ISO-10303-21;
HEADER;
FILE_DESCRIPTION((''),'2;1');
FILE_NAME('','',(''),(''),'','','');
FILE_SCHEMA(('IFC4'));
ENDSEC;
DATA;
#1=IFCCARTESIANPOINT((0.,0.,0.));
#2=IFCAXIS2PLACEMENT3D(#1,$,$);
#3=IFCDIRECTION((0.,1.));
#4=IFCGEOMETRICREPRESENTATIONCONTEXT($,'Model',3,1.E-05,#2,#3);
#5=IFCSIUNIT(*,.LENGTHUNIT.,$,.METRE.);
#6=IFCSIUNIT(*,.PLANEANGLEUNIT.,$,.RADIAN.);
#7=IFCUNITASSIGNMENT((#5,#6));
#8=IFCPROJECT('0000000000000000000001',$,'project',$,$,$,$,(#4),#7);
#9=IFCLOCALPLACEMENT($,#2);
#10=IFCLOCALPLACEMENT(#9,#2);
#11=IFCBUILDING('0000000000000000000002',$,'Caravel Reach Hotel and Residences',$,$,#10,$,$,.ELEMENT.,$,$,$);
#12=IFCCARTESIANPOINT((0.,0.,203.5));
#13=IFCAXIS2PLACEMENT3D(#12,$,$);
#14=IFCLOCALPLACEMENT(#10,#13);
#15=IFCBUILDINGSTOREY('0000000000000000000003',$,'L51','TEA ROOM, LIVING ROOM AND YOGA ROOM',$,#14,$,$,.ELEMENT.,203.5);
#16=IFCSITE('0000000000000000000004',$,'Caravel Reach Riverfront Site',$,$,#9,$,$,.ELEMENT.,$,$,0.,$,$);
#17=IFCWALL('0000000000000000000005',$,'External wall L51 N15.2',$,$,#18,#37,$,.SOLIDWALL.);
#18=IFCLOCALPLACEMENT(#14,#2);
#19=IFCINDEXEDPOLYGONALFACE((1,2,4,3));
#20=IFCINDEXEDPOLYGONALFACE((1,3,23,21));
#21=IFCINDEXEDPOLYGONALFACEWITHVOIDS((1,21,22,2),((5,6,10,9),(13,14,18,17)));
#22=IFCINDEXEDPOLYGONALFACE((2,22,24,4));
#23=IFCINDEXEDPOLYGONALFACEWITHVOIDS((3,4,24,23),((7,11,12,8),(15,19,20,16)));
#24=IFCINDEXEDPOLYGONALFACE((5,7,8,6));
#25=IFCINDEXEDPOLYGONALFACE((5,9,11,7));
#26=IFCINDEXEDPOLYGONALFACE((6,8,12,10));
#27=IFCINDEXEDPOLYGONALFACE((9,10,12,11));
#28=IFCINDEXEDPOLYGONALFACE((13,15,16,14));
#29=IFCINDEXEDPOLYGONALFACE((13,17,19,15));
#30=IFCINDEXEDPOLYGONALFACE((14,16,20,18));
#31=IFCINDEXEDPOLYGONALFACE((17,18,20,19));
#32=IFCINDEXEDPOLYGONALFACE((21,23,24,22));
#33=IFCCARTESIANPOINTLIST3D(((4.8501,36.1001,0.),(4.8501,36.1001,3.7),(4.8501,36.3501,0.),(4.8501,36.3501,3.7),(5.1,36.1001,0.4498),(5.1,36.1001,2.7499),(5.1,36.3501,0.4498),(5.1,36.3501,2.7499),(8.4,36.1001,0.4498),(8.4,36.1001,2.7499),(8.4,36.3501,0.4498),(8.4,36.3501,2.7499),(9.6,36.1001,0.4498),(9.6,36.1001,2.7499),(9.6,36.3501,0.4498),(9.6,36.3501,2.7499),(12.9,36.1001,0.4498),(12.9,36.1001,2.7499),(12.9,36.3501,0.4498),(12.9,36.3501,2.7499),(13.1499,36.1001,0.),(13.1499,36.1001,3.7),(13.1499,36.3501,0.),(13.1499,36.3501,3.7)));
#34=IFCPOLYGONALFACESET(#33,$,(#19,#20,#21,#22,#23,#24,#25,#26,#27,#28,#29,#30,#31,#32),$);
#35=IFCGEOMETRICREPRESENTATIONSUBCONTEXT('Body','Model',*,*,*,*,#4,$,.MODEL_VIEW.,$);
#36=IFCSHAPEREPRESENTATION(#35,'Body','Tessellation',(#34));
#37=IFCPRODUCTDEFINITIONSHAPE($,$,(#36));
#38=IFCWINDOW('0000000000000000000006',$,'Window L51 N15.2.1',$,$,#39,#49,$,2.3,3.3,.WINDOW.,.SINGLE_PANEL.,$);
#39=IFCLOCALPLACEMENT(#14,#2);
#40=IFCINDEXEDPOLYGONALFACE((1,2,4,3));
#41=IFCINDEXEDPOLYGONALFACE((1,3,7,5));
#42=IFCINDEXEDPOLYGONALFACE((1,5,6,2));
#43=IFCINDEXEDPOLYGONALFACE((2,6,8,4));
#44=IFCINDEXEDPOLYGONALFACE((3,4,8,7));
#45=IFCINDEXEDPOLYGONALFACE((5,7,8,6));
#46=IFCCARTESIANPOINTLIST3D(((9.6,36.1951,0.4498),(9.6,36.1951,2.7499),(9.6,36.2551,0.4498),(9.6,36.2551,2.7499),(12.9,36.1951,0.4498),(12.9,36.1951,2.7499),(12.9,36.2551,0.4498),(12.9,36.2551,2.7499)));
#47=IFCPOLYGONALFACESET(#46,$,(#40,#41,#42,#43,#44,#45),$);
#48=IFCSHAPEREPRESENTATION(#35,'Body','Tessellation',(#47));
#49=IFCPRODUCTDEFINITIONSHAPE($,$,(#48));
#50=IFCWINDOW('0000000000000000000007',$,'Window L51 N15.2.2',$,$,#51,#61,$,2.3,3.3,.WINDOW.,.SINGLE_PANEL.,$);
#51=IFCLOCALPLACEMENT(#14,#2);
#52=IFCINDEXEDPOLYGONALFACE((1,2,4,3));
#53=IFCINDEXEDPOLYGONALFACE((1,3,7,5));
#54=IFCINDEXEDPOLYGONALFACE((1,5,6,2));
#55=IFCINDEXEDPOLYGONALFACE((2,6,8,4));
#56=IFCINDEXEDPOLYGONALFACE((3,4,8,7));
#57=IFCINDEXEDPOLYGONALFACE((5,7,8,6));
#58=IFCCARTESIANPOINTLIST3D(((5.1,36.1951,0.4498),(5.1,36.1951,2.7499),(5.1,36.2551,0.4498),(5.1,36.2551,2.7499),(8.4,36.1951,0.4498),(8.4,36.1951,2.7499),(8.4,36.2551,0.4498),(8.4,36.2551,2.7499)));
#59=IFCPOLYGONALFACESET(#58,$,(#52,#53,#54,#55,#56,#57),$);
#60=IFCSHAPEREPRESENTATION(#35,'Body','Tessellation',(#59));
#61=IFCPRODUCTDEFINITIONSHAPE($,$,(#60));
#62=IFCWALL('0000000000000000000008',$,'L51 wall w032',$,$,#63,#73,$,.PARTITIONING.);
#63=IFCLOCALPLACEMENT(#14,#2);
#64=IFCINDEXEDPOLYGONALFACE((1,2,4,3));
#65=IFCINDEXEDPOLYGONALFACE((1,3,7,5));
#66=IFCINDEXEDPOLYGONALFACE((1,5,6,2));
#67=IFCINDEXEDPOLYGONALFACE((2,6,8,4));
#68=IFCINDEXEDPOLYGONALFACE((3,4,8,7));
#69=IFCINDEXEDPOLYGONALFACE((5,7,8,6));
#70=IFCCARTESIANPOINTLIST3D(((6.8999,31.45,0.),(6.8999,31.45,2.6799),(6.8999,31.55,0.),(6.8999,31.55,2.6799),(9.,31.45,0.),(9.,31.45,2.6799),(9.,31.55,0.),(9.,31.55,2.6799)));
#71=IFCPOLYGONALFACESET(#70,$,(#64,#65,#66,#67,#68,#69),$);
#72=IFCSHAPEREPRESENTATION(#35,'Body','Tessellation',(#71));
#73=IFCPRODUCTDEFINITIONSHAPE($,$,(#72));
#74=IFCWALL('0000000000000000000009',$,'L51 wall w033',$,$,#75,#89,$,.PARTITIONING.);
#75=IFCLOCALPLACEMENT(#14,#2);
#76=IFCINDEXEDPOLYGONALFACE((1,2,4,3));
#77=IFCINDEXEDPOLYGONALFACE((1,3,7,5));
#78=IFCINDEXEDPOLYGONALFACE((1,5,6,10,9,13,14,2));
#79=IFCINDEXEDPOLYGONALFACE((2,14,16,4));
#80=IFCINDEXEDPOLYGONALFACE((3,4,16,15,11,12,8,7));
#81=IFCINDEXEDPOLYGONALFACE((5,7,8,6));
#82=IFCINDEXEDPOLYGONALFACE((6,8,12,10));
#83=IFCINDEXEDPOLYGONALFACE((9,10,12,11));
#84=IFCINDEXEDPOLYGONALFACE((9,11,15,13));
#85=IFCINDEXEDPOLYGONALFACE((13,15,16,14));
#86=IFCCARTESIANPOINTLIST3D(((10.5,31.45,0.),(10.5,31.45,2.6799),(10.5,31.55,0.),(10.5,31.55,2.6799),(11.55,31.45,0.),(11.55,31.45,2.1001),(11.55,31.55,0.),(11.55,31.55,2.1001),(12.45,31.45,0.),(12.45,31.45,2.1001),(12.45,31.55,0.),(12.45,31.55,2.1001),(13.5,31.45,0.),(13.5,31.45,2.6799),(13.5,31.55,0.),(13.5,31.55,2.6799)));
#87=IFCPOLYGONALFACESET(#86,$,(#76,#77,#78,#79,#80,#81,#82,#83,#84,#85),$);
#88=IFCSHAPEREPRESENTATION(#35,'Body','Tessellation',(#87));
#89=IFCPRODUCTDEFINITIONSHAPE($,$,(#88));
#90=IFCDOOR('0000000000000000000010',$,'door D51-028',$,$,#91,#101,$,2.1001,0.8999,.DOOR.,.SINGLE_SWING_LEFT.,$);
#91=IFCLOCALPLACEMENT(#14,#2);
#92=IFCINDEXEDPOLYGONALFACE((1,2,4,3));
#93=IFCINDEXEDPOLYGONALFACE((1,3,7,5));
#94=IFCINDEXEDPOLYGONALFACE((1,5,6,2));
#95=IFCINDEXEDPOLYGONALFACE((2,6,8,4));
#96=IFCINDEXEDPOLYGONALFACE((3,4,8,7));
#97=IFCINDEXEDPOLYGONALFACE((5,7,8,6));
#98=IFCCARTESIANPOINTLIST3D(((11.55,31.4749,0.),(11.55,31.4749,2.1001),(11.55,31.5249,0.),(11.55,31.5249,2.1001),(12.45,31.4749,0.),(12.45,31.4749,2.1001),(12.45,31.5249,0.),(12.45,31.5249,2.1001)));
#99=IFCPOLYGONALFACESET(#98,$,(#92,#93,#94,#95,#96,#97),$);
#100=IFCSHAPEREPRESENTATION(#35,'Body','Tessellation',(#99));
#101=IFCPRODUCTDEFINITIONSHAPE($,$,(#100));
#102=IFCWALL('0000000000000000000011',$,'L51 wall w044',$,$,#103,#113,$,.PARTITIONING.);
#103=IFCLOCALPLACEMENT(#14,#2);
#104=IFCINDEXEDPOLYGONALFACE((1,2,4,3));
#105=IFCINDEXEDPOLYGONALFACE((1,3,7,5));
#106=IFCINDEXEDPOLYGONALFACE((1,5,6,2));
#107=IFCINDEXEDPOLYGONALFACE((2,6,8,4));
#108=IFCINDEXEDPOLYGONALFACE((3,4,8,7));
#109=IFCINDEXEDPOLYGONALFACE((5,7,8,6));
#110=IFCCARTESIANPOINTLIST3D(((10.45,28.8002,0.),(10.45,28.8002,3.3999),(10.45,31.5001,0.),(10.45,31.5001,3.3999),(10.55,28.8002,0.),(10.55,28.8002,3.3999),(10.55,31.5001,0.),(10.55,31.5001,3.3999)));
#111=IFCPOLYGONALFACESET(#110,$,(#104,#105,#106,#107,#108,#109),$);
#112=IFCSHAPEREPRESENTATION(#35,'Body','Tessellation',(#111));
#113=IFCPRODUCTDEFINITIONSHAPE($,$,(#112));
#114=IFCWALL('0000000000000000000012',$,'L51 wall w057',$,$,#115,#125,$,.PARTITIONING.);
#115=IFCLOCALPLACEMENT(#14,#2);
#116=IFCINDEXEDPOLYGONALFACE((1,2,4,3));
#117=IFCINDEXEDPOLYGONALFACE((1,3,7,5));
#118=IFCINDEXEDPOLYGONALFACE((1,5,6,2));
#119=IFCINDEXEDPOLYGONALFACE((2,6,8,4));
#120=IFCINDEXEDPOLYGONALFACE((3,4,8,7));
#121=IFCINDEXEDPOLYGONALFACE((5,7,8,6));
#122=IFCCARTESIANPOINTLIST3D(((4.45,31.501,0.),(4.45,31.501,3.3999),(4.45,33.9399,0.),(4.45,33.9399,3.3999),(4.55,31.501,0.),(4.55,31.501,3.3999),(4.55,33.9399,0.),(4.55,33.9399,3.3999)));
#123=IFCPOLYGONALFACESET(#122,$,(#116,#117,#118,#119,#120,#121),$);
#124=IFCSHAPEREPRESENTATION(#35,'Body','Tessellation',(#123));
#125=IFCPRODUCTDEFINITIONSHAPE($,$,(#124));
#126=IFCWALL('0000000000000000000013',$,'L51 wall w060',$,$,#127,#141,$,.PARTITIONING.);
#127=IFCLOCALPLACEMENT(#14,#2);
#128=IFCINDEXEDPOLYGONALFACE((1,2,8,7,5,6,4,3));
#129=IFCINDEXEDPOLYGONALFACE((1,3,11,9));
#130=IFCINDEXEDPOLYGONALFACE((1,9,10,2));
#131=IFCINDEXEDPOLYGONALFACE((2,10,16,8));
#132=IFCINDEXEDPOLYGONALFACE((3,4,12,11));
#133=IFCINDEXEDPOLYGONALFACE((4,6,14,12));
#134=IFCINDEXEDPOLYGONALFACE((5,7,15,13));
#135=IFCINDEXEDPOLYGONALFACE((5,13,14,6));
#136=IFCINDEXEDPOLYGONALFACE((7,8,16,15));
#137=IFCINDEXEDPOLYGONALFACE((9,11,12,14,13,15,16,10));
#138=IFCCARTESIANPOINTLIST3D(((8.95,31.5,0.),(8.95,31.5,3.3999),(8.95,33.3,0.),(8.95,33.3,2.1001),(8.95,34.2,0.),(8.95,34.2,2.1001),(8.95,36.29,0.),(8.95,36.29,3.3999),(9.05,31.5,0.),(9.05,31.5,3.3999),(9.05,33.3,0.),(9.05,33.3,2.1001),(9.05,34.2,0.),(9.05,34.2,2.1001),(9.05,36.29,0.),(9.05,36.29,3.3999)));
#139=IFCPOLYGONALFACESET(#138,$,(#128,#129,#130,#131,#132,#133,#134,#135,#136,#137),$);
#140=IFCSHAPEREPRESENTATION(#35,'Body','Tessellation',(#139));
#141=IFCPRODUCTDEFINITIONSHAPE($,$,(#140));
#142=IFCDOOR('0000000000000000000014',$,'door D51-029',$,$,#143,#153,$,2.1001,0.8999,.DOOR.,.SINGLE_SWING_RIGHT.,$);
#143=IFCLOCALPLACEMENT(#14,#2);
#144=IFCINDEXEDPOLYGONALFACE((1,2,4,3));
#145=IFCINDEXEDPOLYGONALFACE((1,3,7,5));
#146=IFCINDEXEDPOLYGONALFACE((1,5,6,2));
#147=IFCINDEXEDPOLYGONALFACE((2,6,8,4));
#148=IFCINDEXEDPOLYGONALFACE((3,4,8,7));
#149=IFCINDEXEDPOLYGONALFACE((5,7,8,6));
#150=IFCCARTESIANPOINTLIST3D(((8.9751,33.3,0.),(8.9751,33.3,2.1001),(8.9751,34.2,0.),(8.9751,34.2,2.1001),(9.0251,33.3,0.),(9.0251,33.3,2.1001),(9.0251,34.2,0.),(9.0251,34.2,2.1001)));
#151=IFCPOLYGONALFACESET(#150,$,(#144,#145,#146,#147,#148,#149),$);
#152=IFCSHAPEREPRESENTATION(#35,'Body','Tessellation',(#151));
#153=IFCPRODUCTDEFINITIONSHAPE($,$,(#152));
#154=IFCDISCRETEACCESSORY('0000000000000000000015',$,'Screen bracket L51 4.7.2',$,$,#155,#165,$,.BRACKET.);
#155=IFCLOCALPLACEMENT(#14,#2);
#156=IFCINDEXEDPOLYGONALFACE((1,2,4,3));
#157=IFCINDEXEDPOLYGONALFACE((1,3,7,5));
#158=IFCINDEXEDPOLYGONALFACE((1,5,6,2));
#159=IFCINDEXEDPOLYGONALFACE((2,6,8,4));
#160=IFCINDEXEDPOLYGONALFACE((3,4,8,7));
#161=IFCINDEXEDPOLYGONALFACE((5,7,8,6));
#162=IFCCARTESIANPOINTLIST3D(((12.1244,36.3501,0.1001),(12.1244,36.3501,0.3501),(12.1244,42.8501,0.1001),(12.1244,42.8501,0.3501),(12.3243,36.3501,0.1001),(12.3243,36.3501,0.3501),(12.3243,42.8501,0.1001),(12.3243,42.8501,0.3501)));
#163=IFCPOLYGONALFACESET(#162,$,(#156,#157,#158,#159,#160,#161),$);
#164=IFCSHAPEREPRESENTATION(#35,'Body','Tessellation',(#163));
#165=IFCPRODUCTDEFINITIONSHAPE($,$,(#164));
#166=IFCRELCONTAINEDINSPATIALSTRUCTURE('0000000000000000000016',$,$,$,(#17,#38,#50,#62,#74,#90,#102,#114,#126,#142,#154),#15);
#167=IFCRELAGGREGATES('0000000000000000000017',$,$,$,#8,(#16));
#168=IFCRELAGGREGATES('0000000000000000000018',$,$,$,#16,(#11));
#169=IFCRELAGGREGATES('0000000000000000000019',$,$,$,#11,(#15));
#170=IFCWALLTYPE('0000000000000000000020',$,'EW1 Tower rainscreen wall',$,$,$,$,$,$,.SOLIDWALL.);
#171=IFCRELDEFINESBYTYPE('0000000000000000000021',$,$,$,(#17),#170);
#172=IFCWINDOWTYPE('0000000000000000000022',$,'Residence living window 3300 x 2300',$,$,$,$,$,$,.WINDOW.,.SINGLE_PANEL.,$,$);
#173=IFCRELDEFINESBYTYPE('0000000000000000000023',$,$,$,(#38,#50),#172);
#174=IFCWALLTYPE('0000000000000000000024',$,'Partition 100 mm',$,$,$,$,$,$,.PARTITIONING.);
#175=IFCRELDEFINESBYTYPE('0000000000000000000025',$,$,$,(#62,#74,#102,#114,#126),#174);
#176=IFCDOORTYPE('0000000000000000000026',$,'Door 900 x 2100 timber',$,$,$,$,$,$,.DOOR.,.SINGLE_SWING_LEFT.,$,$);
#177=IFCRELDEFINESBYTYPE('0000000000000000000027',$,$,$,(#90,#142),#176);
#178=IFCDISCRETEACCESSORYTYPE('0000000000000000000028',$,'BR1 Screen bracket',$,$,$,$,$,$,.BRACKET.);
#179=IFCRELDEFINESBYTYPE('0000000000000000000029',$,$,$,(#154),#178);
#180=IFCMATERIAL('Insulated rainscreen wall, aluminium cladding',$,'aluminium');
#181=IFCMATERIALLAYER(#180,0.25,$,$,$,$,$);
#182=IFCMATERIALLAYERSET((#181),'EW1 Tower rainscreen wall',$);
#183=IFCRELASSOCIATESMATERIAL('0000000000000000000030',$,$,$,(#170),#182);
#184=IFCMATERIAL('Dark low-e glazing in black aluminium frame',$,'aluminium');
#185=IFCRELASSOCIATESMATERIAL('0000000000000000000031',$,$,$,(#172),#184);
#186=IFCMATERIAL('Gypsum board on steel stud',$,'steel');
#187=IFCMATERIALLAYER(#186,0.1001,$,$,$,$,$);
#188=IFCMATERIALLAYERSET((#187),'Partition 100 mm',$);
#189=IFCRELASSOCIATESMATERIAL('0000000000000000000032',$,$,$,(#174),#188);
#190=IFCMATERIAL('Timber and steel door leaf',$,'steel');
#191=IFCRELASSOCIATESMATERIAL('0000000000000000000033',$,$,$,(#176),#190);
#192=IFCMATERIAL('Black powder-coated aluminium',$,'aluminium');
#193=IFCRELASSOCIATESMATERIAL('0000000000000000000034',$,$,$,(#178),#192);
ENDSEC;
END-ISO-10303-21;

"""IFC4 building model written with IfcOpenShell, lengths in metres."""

from ifc_helpers import new_model, si_unit, direction, frame, frame_2d, origin, origin_2d, place, context, subcontext, project, spatial, rectangle, extrude, material, layer, layer_set, type_object, element, fill, save


model = new_model("IFC4")

# Units and contexts
model_context = context("Model", 3, precision=1e-05, world=origin(), true_north=direction((0.0, 1.0)))
body_context = subcontext(model_context, "Body", "Model", "MODEL_VIEW")
ifc_project = project(units=[si_unit("LENGTHUNIT", "METRE"), si_unit("PLANEANGLEUNIT", "RADIAN")], contexts=[model_context])

# Site, building, storey
site_placement = place(None, origin())
site = spatial("IfcSite", under=ifc_project, at=site_placement, Name="Caravel Reach Riverfront Site", CompositionType="ELEMENT", RefElevation=0.0)
building_placement = place(site_placement, origin())
building = spatial("IfcBuilding", under=site, at=building_placement, Name="Caravel Reach Hotel and Residences", CompositionType="ELEMENT")
storey_placement = place(building_placement, frame((0.0, 0.0, 203.5)))
storey = spatial("IfcBuildingStorey", under=building, at=storey_placement, Name="L51", Description="TEA ROOM, LIVING ROOM AND YOGA ROOM", CompositionType="ELEMENT", Elevation=203.5)

# Wall, openings, windows
ifc_material_1 = material(Name="Insulated rainscreen wall, aluminium cladding", Category="aluminium")
ifc_layer_1 = layer(ifc_material_1, 0.25)
ifc_layer_set_1 = layer_set([ifc_layer_1], Name="EW1 Tower rainscreen wall")
wall_type_1 = type_object("IfcWallType", Name="EW1 Tower rainscreen wall", PredefinedType="SOLIDWALL", material=ifc_layer_set_1)
wall_1_placement = place(storey_placement, frame((13.1499, 36.2251, 0.0), z_axis=(0.0, 0.0, 1.0), x_axis=(-1.0, 0.0, 0.0)))
wall_1 = element("IfcWall", 1, at=wall_1_placement, inside=storey, type_object=wall_type_1, Name="External wall L51 N15.2", PredefinedType="SOLIDWALL", context=body_context, shape_type="SweptSolid", body=[
    extrude(rectangle(XDim=8.2998, YDim=0.25, at=frame_2d((4.1499, 0.0))), origin(), (0.0, 0.0, 1.0), 3.7),
])
opening_1_placement = place(wall_1_placement, frame((0.25, 0.0, 0.45)))
opening_1 = element("IfcOpeningElement", 2, at=opening_1_placement, cuts=wall_1, PredefinedType="OPENING", context=body_context, shape_type="SweptSolid", body=[
    extrude(rectangle(XDim=3.3, YDim=2.3, at=frame_2d((1.6499, 1.1499))), frame((0.0, 0.135, 0.0), z_axis=(0.0, -1.0, 0.0), x_axis=(1.0, 0.0, 0.0)), (0.0, 0.0, 1.0), 0.27),
])
opening_2_placement = place(wall_1_placement, frame((4.75, 0.0, 0.45)))
opening_2 = element("IfcOpeningElement", 3, at=opening_2_placement, cuts=wall_1, PredefinedType="OPENING", context=body_context, shape_type="SweptSolid", body=[
    extrude(rectangle(XDim=3.3, YDim=2.3, at=frame_2d((1.6499, 1.1499))), frame((0.0, 0.135, 0.0), z_axis=(0.0, -1.0, 0.0), x_axis=(1.0, 0.0, 0.0)), (0.0, 0.0, 1.0), 0.27),
])
ifc_material_2 = material(Name="Dark low-e glazing in black aluminium frame", Category="aluminium")
window_type = type_object("IfcWindowType", Name="Residence living window 3300 x 2300", PartitioningType="SINGLE_PANEL", PredefinedType="WINDOW", material=ifc_material_2)
window_1_placement = place(opening_1_placement, origin())
window_1 = element("IfcWindow", 4, at=window_1_placement, inside=storey, type_object=window_type, Name="Window L51 N15.2.1", OverallHeight=2.3, OverallWidth=3.3, PartitioningType="SINGLE_PANEL", PredefinedType="WINDOW", context=body_context, shape_type="SweptSolid", body=[
    extrude(rectangle(XDim=3.3, YDim=2.3, at=frame_2d((1.6499, 1.1499))), frame((0.0, 0.03, 0.0), z_axis=(0.0, -1.0, 0.0), x_axis=(1.0, 0.0, 0.0)), (0.0, 0.0, 1.0), 0.0601),
])
fill(opening_1, window_1)
window_2_placement = place(opening_2_placement, origin())
window_2 = element("IfcWindow", 5, at=window_2_placement, inside=storey, type_object=window_type, Name="Window L51 N15.2.2", OverallHeight=2.3, OverallWidth=3.3, PartitioningType="SINGLE_PANEL", PredefinedType="WINDOW", context=body_context, shape_type="SweptSolid", body=[
    extrude(rectangle(XDim=3.3, YDim=2.3, at=frame_2d((1.6499, 1.1499))), frame((0.0, 0.03, 0.0), z_axis=(0.0, -1.0, 0.0), x_axis=(1.0, 0.0, 0.0)), (0.0, 0.0, 1.0), 0.0601),
])
fill(opening_2, window_2)

# Wall
ifc_material_3 = material(Name="Gypsum board on steel stud", Category="steel")
ifc_layer_2 = layer(ifc_material_3, 0.1001)
ifc_layer_set_2 = layer_set([ifc_layer_2], Name="Partition 100 mm")
wall_type_2 = type_object("IfcWallType", Name="Partition 100 mm", PredefinedType="PARTITIONING", material=ifc_layer_set_2)
wall_2_placement = place(storey_placement, frame((6.8999, 31.5, 0.0), z_axis=(0.0, 0.0, 1.0), x_axis=(1.0, 0.0, 0.0)))
element("IfcWall", 6, at=wall_2_placement, inside=storey, type_object=wall_type_2, Name="L51 wall w032", PredefinedType="PARTITIONING", context=body_context, shape_type="SweptSolid", body=[
    extrude(rectangle(XDim=2.1001, YDim=0.1001, at=frame_2d((1.05, 0.0))), origin(), (0.0, 0.0, 1.0), 2.6799),
])

# Wall, opening, door
wall_3_placement = place(storey_placement, frame((10.5, 31.5, 0.0), z_axis=(0.0, 0.0, 1.0), x_axis=(1.0, 0.0, 0.0)))
wall_3 = element("IfcWall", 7, at=wall_3_placement, inside=storey, type_object=wall_type_2, Name="L51 wall w033", PredefinedType="PARTITIONING", context=body_context, shape_type="SweptSolid", body=[
    extrude(rectangle(XDim=3.0, YDim=0.1001, at=frame_2d((1.5, 0.0))), origin(), (0.0, 0.0, 1.0), 2.6799),
])
opening_3_placement = place(wall_3_placement, frame((1.05, 0.0, 0.0)))
opening_3 = element("IfcOpeningElement", 8, at=opening_3_placement, cuts=wall_3, PredefinedType="OPENING", context=body_context, shape_type="SweptSolid", body=[
    extrude(rectangle(XDim=0.8999, YDim=2.1001, at=frame_2d((0.45, 1.05))), frame((0.0, 0.0601, 0.0), z_axis=(0.0, -1.0, 0.0), x_axis=(1.0, 0.0, 0.0)), (0.0, 0.0, 1.0), 0.1201),
])
ifc_material_4 = material(Name="Timber and steel door leaf", Category="steel")
door_type_1 = type_object("IfcDoorType", Name="Door 900 x 2100 timber", OperationType="SINGLE_SWING_LEFT", PredefinedType="DOOR", material=ifc_material_4)
door_1_placement = place(opening_3_placement, origin())
door_1 = element("IfcDoor", 9, at=door_1_placement, inside=storey, type_object=door_type_1, Name="door D51-028", OperationType="SINGLE_SWING_LEFT", OverallHeight=2.1001, OverallWidth=0.8999, PredefinedType="DOOR", context=body_context, shape_type="SweptSolid", body=[
    extrude(rectangle(XDim=0.8999, YDim=2.1001, at=frame_2d((0.45, 1.05))), frame((0.0, 0.0249, 0.0), z_axis=(0.0, -1.0, 0.0), x_axis=(1.0, 0.0, 0.0)), (0.0, 0.0, 1.0), 0.05),
])
fill(opening_3, door_1)

# Walls
wall_4_placement = place(storey_placement, frame((10.5, 28.8, 0.0), z_axis=(0.0, 0.0, 1.0), x_axis=(0.0, 1.0, 0.0)))
element("IfcWall", 10, at=wall_4_placement, inside=storey, type_object=wall_type_2, Name="L51 wall w044", PredefinedType="PARTITIONING", context=body_context, shape_type="SweptSolid", body=[
    extrude(rectangle(XDim=2.7, YDim=0.1001, at=frame_2d((1.3501, 0.0))), origin(), (0.0, 0.0, 1.0), 3.3999),
])
wall_5_placement = place(storey_placement, frame((4.5, 31.501, 0.0), z_axis=(0.0, 0.0, 1.0), x_axis=(0.0, 1.0, 0.0)))
element("IfcWall", 11, at=wall_5_placement, inside=storey, type_object=wall_type_2, Name="L51 wall w057", PredefinedType="PARTITIONING", context=body_context, shape_type="SweptSolid", body=[
    extrude(rectangle(XDim=2.439, YDim=0.1001, at=frame_2d((1.2195, 0.0))), origin(), (0.0, 0.0, 1.0), 3.3999),
])

# Wall, opening, door
wall_6_placement = place(storey_placement, frame((9.0, 31.5, 0.0), z_axis=(0.0, 0.0, 1.0), x_axis=(0.0, 1.0, 0.0)))
wall_6 = element("IfcWall", 12, at=wall_6_placement, inside=storey, type_object=wall_type_2, Name="L51 wall w060", PredefinedType="PARTITIONING", context=body_context, shape_type="SweptSolid", body=[
    extrude(rectangle(XDim=4.79, YDim=0.1001, at=frame_2d((2.395, 0.0))), origin(), (0.0, 0.0, 1.0), 3.3999),
])
opening_4_placement = place(wall_6_placement, frame((1.8, 0.0, 0.0)))
opening_4 = element("IfcOpeningElement", 13, at=opening_4_placement, cuts=wall_6, PredefinedType="OPENING", context=body_context, shape_type="SweptSolid", body=[
    extrude(rectangle(XDim=0.8999, YDim=2.1001, at=frame_2d((0.45, 1.05))), frame((0.0, 0.0601, 0.0), z_axis=(0.0, -1.0, 0.0), x_axis=(1.0, 0.0, 0.0)), (0.0, 0.0, 1.0), 0.1201),
])
door_2_placement = place(opening_4_placement, origin())
door_2 = element("IfcDoor", 14, at=door_2_placement, inside=storey, type_object=door_type_1, Name="door D51-029", OperationType="SINGLE_SWING_RIGHT", OverallHeight=2.1001, OverallWidth=0.8999, PredefinedType="DOOR", context=body_context, shape_type="SweptSolid", body=[
    extrude(rectangle(XDim=0.8999, YDim=2.1001, at=frame_2d((0.45, 1.05))), frame((0.0, 0.0249, 0.0), z_axis=(0.0, -1.0, 0.0), x_axis=(1.0, 0.0, 0.0)), (0.0, 0.0, 1.0), 0.05),
])
fill(opening_4, door_2)

# Discrete accessory
ifc_material_5 = material(Name="Black powder-coated aluminium", Category="aluminium")
discrete_accessory_type = type_object("IfcDiscreteAccessoryType", Name="BR1 Screen bracket", PredefinedType="BRACKET", material=ifc_material_5)
discrete_accessory_1_placement = place(storey_placement, frame((12.2244, 39.6001, 0.1001), z_axis=(0.0, 0.0, 1.0), x_axis=(0.0, 1.0, 0.0)))
element("IfcDiscreteAccessory", 15, at=discrete_accessory_1_placement, inside=storey, type_object=discrete_accessory_type, Name="Screen bracket L51 4.7.2", PredefinedType="BRACKET", context=body_context, shape_type="SweptSolid", body=[
    extrude(rectangle(XDim=6.5, YDim=0.2, at=origin_2d()), origin(), (0.0, 0.0, 1.0), 0.25),
])

save(model, "model.ifc")
